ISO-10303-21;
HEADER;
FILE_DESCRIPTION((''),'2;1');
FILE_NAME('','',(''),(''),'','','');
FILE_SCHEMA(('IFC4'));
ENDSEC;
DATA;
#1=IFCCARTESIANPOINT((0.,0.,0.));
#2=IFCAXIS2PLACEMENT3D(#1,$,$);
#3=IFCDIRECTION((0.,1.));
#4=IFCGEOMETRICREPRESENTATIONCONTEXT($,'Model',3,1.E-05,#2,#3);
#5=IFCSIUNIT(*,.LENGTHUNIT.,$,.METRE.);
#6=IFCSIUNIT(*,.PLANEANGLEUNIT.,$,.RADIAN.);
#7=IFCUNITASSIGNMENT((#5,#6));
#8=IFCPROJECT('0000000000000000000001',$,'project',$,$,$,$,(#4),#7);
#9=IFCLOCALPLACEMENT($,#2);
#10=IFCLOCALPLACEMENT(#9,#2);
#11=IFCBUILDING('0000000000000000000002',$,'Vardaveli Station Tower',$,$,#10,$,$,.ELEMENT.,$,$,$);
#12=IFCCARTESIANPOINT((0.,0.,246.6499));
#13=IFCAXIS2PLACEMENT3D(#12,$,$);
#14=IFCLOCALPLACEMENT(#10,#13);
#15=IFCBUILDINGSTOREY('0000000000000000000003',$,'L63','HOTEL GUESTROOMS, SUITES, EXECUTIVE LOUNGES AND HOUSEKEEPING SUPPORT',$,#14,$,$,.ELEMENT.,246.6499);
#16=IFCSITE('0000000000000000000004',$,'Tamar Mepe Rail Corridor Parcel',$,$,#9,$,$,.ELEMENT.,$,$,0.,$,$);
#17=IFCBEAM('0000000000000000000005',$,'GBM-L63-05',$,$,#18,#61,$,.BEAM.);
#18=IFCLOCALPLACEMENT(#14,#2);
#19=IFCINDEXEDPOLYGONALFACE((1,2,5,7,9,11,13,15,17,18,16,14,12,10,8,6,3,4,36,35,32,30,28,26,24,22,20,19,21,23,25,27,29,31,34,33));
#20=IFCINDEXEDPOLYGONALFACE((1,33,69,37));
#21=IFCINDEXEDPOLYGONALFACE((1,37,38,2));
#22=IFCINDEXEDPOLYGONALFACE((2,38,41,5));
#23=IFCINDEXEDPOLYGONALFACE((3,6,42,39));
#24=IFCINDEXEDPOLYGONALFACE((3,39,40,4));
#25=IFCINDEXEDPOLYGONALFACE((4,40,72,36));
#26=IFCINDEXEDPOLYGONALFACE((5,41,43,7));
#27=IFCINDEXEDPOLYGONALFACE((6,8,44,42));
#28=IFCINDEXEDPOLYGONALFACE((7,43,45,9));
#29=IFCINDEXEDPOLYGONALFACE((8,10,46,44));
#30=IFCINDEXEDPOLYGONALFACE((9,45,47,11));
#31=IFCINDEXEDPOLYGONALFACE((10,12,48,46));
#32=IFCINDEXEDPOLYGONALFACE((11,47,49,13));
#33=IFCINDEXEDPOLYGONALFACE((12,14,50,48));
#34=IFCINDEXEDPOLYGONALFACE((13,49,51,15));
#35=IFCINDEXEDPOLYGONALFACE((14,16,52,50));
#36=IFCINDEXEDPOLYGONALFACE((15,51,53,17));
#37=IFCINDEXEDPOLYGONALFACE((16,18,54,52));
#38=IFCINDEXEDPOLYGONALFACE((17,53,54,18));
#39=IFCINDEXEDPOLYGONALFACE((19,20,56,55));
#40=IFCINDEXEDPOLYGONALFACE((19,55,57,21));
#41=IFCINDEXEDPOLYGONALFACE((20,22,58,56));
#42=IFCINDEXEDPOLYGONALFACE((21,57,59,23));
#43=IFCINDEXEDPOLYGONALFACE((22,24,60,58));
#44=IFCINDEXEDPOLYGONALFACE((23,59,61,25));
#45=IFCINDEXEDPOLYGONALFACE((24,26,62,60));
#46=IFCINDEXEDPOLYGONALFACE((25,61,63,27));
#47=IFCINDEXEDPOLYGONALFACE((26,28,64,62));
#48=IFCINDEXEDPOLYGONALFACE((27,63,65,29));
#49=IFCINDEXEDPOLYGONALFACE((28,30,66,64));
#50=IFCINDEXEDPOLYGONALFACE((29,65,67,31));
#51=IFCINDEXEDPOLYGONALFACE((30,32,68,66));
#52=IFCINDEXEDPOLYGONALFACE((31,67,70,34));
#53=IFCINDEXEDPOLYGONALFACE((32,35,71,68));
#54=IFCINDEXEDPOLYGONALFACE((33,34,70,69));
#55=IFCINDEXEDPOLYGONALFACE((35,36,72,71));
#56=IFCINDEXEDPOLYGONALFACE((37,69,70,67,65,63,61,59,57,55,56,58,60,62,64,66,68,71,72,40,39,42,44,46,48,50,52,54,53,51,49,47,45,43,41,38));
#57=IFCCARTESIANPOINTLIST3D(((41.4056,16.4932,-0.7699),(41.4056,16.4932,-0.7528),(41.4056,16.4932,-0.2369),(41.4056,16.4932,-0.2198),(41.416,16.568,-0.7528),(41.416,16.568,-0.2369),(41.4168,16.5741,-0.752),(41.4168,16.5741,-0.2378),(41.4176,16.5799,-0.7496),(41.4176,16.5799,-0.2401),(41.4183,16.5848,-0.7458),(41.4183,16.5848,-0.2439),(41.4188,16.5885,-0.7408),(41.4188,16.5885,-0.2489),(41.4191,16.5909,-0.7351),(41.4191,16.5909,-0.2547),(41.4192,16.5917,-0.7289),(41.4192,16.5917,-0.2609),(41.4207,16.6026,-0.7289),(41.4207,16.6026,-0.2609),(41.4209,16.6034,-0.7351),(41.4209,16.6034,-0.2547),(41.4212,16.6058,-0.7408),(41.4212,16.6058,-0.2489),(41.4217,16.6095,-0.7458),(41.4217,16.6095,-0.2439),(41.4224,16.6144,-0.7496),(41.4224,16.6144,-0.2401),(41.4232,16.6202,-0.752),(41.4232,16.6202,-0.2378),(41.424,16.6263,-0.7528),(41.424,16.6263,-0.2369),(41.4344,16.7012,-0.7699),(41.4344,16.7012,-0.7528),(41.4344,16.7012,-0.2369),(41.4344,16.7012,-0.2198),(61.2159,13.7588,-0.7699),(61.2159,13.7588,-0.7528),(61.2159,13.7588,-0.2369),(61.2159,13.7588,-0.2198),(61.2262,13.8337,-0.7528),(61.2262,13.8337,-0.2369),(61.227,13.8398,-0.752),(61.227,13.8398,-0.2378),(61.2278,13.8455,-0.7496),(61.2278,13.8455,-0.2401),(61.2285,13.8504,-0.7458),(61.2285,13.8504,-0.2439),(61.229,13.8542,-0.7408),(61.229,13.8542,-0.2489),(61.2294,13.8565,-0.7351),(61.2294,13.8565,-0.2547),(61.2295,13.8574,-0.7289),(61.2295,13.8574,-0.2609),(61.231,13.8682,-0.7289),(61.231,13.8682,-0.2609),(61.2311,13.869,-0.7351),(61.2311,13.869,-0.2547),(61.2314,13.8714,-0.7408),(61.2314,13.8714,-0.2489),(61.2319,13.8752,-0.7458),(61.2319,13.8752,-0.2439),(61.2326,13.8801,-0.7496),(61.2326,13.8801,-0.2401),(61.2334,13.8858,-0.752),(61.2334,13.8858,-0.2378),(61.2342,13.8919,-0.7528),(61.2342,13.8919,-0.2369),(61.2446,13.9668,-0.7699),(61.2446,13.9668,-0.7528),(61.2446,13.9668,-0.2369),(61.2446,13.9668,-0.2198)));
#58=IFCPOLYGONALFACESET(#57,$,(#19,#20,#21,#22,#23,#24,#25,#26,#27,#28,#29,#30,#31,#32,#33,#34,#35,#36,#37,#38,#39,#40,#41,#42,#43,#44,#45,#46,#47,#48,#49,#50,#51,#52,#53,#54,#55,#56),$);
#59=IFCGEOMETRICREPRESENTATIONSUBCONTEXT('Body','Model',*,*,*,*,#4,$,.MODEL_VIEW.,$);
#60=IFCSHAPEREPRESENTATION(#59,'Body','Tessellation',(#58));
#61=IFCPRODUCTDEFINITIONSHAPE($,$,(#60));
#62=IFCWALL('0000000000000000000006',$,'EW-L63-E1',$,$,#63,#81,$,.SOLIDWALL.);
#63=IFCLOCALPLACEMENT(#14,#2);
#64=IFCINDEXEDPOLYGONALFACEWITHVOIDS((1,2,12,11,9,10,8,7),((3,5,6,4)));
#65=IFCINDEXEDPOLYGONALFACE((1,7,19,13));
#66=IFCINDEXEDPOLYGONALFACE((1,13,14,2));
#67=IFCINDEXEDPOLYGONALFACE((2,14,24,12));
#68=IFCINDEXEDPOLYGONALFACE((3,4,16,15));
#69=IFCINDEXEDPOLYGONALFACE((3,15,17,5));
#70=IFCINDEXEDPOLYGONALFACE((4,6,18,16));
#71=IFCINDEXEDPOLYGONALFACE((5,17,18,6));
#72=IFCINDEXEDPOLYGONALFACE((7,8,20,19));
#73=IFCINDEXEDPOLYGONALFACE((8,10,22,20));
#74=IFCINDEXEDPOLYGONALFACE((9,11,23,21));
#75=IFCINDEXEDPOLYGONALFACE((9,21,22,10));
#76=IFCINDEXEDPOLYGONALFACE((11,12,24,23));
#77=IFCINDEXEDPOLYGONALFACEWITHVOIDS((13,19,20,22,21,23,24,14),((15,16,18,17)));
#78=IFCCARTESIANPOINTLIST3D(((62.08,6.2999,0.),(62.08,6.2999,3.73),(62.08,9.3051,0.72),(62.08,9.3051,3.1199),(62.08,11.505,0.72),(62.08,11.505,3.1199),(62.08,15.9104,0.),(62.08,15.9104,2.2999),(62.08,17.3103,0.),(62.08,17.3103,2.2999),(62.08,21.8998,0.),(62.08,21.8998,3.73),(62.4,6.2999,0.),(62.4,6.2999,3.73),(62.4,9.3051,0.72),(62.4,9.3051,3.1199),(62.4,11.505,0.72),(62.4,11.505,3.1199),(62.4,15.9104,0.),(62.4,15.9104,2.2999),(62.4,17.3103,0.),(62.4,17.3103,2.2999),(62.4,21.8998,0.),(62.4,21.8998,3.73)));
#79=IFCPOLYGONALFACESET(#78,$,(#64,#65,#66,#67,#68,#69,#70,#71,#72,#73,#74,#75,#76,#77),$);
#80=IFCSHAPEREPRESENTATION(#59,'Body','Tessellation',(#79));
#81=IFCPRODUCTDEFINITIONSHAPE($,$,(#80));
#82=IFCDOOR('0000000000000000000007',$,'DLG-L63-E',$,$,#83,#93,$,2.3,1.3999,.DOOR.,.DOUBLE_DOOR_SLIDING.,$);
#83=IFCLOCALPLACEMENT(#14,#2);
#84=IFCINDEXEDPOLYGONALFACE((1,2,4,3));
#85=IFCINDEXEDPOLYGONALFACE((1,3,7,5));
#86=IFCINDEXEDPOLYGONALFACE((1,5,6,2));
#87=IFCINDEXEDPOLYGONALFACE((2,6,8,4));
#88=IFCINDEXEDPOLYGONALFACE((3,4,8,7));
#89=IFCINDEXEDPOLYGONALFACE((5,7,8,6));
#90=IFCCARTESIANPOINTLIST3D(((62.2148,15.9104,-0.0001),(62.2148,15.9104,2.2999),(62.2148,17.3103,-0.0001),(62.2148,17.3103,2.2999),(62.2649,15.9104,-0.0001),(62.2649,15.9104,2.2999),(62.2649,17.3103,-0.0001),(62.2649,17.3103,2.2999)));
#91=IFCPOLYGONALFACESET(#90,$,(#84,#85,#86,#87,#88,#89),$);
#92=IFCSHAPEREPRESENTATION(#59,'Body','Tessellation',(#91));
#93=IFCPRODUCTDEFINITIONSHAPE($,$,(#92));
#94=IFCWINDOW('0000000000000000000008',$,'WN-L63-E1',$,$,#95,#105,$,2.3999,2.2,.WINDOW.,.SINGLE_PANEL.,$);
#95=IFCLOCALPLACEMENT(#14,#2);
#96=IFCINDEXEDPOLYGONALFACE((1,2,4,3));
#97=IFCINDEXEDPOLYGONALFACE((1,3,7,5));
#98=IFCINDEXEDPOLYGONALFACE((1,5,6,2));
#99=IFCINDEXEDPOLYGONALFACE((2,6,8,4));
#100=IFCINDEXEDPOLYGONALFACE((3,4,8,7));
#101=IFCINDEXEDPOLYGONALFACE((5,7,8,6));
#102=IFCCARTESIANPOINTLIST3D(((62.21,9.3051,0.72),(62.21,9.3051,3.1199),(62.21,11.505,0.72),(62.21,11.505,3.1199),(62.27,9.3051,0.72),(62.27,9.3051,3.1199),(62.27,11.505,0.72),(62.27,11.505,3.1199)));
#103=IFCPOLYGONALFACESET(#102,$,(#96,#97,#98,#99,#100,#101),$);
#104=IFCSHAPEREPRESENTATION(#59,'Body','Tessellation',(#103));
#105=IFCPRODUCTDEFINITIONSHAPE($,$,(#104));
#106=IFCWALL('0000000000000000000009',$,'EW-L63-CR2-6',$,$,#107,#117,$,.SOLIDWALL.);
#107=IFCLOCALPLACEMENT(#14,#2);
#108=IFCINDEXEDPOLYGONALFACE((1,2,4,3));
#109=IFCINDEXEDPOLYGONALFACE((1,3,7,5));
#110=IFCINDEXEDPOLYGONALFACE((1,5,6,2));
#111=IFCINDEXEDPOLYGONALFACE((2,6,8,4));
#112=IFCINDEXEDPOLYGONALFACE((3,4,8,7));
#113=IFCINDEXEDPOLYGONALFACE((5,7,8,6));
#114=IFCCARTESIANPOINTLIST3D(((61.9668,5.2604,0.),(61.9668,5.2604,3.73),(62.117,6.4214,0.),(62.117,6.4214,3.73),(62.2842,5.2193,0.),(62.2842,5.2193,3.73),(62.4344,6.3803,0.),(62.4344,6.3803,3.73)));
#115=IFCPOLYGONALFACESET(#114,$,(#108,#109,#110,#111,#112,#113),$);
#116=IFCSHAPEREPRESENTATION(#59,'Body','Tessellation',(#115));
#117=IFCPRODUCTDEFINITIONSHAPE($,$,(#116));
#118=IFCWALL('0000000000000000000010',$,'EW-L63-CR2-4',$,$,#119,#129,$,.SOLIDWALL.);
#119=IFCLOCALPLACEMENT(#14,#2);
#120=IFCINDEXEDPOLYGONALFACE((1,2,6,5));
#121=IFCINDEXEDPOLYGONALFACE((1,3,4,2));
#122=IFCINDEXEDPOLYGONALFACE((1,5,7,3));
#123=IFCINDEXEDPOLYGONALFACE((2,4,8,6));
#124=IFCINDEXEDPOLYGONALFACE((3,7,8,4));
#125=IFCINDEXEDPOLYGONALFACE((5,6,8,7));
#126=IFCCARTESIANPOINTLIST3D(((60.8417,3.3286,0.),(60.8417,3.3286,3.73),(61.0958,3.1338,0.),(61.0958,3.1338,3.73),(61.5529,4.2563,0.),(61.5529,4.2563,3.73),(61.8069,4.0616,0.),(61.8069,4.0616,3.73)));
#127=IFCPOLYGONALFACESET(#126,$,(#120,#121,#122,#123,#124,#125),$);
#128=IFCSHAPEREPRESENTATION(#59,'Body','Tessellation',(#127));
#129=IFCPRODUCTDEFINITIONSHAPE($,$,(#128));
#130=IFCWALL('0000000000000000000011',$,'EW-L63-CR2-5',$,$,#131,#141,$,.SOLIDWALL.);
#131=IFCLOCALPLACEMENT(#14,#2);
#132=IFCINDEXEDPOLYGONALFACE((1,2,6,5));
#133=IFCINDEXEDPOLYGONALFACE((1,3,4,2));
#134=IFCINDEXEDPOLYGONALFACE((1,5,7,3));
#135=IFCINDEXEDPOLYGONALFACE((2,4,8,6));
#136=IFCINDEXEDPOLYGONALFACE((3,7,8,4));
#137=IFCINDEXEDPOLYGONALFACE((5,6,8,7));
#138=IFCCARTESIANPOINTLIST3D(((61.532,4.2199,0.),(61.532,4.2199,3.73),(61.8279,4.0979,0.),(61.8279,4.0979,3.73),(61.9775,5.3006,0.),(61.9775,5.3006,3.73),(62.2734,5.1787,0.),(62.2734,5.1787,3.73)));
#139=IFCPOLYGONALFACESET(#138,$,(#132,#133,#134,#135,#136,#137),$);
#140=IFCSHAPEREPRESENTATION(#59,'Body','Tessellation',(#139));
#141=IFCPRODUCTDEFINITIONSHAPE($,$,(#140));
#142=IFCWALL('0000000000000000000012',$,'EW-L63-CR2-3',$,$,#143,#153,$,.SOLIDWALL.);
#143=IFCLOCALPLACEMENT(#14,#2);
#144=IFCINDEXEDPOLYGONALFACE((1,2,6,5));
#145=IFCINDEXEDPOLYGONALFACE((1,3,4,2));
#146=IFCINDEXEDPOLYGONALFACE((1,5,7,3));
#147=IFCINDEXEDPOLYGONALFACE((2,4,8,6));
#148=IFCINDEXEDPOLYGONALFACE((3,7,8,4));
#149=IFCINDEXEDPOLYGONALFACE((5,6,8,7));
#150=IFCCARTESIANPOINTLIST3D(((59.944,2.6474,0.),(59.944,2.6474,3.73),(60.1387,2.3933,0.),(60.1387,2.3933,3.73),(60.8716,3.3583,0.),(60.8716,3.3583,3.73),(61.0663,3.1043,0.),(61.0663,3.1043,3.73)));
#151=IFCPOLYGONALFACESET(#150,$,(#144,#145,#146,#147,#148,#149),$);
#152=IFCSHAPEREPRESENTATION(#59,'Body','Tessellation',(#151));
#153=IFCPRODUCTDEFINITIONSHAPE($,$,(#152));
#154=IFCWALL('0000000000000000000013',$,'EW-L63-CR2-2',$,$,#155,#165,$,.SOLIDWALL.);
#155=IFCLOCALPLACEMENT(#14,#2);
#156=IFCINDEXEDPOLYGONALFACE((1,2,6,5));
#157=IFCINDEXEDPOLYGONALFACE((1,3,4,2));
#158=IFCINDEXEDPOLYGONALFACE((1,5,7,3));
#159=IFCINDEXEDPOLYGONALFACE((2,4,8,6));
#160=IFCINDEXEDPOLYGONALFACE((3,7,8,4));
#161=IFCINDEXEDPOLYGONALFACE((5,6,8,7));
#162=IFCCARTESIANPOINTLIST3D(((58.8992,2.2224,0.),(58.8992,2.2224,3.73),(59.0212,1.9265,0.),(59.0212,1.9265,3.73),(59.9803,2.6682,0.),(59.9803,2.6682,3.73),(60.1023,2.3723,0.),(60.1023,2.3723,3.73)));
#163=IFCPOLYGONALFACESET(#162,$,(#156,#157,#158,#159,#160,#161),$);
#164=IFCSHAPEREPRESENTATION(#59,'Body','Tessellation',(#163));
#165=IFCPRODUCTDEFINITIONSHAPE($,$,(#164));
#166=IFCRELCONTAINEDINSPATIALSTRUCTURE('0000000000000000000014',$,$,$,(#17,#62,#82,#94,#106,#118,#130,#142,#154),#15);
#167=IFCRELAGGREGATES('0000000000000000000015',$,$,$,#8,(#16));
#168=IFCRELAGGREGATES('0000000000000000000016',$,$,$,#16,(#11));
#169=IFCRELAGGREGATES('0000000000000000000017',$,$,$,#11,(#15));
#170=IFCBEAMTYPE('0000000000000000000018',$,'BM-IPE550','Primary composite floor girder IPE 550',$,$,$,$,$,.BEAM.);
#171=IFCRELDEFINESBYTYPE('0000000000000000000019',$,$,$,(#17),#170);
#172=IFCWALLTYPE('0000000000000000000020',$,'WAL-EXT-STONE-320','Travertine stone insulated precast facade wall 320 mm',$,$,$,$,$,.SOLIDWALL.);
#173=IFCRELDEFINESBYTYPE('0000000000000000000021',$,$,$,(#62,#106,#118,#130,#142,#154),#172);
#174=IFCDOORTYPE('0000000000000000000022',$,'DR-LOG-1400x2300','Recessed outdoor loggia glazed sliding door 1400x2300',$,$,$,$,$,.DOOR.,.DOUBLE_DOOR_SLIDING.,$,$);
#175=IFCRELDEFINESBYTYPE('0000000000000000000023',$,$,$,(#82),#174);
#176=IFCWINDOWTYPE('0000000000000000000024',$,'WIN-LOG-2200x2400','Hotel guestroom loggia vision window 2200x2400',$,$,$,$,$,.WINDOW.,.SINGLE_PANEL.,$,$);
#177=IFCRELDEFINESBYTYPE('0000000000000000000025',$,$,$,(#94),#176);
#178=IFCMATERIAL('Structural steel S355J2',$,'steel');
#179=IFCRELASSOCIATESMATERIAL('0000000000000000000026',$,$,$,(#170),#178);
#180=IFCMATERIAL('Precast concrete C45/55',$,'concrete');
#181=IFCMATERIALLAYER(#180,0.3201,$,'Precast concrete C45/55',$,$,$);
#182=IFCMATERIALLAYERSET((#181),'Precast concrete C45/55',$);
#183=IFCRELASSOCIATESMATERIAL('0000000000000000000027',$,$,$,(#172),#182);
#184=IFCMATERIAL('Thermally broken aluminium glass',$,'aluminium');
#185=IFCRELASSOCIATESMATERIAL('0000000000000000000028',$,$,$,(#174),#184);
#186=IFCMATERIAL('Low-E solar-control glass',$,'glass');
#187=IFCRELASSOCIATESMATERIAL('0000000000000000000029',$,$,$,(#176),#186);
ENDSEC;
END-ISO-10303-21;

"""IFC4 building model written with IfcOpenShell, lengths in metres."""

from ifc_helpers import new_model, si_unit, direction, frame, frame_2d, origin, origin_2d, place, context, subcontext, project, spatial, rectangle, i_section, extrude, source, transform, mapped, material, layer, layer_set, material_profile, profile_set, type_object, element, fill, save


model = new_model("IFC4")

# Units and contexts
model_context = context("Model", 3, precision=1e-05, world=origin(), true_north=direction((0.0, 1.0)))
body_context = subcontext(model_context, "Body", "Model", "MODEL_VIEW")
ifc_project = project(units=[si_unit("LENGTHUNIT", "METRE"), si_unit("PLANEANGLEUNIT", "RADIAN")], contexts=[model_context])

# Site, building, storey
site_placement = place(None, origin())
site = spatial("IfcSite", under=ifc_project, at=site_placement, Name="Tamar Mepe Rail Corridor Parcel", CompositionType="ELEMENT", RefElevation=0.0)
building_placement = place(site_placement, origin())
building = spatial("IfcBuilding", under=site, at=building_placement, Name="Vardaveli Station Tower", CompositionType="ELEMENT")
storey_placement = place(building_placement, frame((0.0, 0.0, 246.6499)))
storey = spatial("IfcBuildingStorey", under=building, at=storey_placement, Name="L63", Description="HOTEL GUESTROOMS, SUITES, EXECUTIVE LOUNGES AND HOUSEKEEPING SUPPORT", CompositionType="ELEMENT", Elevation=246.6499)

# Beam
ifc_material_1 = material(Name="Precast concrete C45/55", Category="concrete")
ifc_material_2 = material(Name="Structural steel S355J2", Category="steel")
ifc_material_profile_1 = material_profile(ifc_material_2, i_section(OverallWidth=0.21, OverallDepth=0.55, WebThickness=0.011, FlangeThickness=0.0171, FilletRadius=0.0239, at=origin_2d()), Name="IPE 550")
ifc_profile_set_1 = profile_set([ifc_material_profile_1], Name="Structural steel S355J2")
beam_type_1 = type_object("IfcBeamType", Name="BM-IPE550", Description="Primary composite floor girder IPE 550", PredefinedType="BEAM", material=ifc_profile_set_1)
shared_shape_1 = source(origin(), body_context, "Body", "SweptSolid", [
    extrude(i_section(OverallWidth=0.21, OverallDepth=0.55, WebThickness=0.011, FlangeThickness=0.0171, FilletRadius=0.0239, at=origin_2d()), origin(), (0.0, 0.0, 1.0), 19.998),
])
beam_1_placement = place(storey_placement, frame((61.2302, 13.8628, -0.4949), z_axis=(-0.990608, 0.136732, 0.0), x_axis=(-0.136732, -0.990608, 0.0)))
element("IfcBeam", 1, at=beam_1_placement, inside=storey, type_object=beam_type_1, Name="GBM-L63-05", PredefinedType="BEAM", context=body_context, shape_type="MappedRepresentation", body=[
    mapped(shared_shape_1, transform((0.0, 0.0, 0.0), scale=1.0)),
])

# Wall, openings, door, window
ifc_layer_1 = layer(ifc_material_1, 0.3201, Name="Precast concrete C45/55")
ifc_layer_set_1 = layer_set([ifc_layer_1], Name="Precast concrete C45/55")
wall_type_1 = type_object("IfcWallType", Name="WAL-EXT-STONE-320", Description="Travertine stone insulated precast facade wall 320 mm", PredefinedType="SOLIDWALL", material=ifc_layer_set_1)
shared_shape_2 = source(origin(), body_context, "Body", "SweptSolid", [
    extrude(rectangle(XDim=15.5999, YDim=0.3201, at=frame_2d((7.7998, 0.0))), origin(), (0.0, 0.0, 1.0), 3.73),
])
wall_1_placement = place(storey_placement, frame((62.24, 6.3, 0.0), z_axis=(0.0, 0.0, 1.0), x_axis=(0.0, 1.0, 0.0)))
wall_1 = element("IfcWall", 2, at=wall_1_placement, inside=storey, type_object=wall_type_1, Name="EW-L63-E1", PredefinedType="SOLIDWALL", context=body_context, shape_type="MappedRepresentation", body=[
    mapped(shared_shape_2, transform((0.0, 0.0, 0.0), scale=1.0)),
])
shared_shape_3 = source(origin(), body_context, "Body", "SweptSolid", [
    extrude(rectangle(XDim=1.3999, YDim=2.3, at=frame_2d((0.7, 1.1499))), frame((0.0, 0.1699, 0.0), z_axis=(0.0, -1.0, 0.0), x_axis=(1.0, 0.0, 0.0)), (0.0, 0.0, 1.0), 0.3401),
])
opening_1_placement = place(wall_1_placement, frame((9.6104, 0.0, 0.0)))
opening_1 = element("IfcOpeningElement", 3, at=opening_1_placement, cuts=wall_1, PredefinedType="OPENING", context=body_context, shape_type="MappedRepresentation", body=[
    mapped(shared_shape_3, transform((0.0, 0.0, 0.0), scale=1.0)),
])
shared_shape_4 = source(origin(), body_context, "Body", "SweptSolid", [
    extrude(rectangle(XDim=2.2, YDim=2.3999, at=frame_2d((1.1001, 1.2))), frame((0.0, 0.1699, 0.0), z_axis=(0.0, -1.0, 0.0), x_axis=(1.0, 0.0, 0.0)), (0.0, 0.0, 1.0), 0.3401),
])
opening_2_placement = place(wall_1_placement, frame((3.0049, 0.0, 0.72)))
opening_2 = element("IfcOpeningElement", 4, at=opening_2_placement, cuts=wall_1, PredefinedType="OPENING", context=body_context, shape_type="MappedRepresentation", body=[
    mapped(shared_shape_4, transform((0.0, 0.0, 0.0), scale=1.0)),
])
ifc_material_3 = material(Name="Thermally broken aluminium glass", Category="aluminium")
door_type_1 = type_object("IfcDoorType", Name="DR-LOG-1400x2300", Description="Recessed outdoor loggia glazed sliding door 1400x2300", OperationType="DOUBLE_DOOR_SLIDING", PredefinedType="DOOR", material=ifc_material_3)
shared_shape_5 = source(origin(), body_context, "Body", "SweptSolid", [
    extrude(rectangle(XDim=1.3999, YDim=2.3, at=frame_2d((0.7, 1.1499))), frame((0.0, 0.0249, 0.0), z_axis=(0.0, -1.0, 0.0), x_axis=(1.0, 0.0, 0.0)), (0.0, 0.0, 1.0), 0.05),
])
door_1_placement = place(opening_1_placement, frame((1.3999, 0.0, 0.0), z_axis=(0.0, 0.0, 1.0), x_axis=(-1.0, 0.0, 0.0)))
door_1 = element("IfcDoor", 5, at=door_1_placement, inside=storey, type_object=door_type_1, Name="DLG-L63-E", OperationType="DOUBLE_DOOR_SLIDING", OverallHeight=2.3, OverallWidth=1.3999, PredefinedType="DOOR", context=body_context, shape_type="MappedRepresentation", body=[
    mapped(shared_shape_5, transform((0.0, 0.0, 0.0), scale=1.0)),
])
fill(opening_1, door_1)
ifc_material_4 = material(Name="Low-E solar-control glass", Category="glass")
window_type = type_object("IfcWindowType", Name="WIN-LOG-2200x2400", Description="Hotel guestroom loggia vision window 2200x2400", PartitioningType="SINGLE_PANEL", PredefinedType="WINDOW", material=ifc_material_4)
shared_shape_6 = source(origin(), body_context, "Body", "SweptSolid", [
    extrude(rectangle(XDim=2.2, YDim=2.3999, at=frame_2d((1.1001, 1.2))), frame((0.0, 0.03, 0.0), z_axis=(0.0, -1.0, 0.0), x_axis=(1.0, 0.0, 0.0)), (0.0, 0.0, 1.0), 0.0601),
])
window_placement = place(opening_2_placement, origin())
window = element("IfcWindow", 6, at=window_placement, inside=storey, type_object=window_type, Name="WN-L63-E1", OverallHeight=2.3999, OverallWidth=2.2, PartitioningType="SINGLE_PANEL", PredefinedType="WINDOW", context=body_context, shape_type="MappedRepresentation", body=[
    mapped(shared_shape_6, transform((0.0, 0.0, 0.0), scale=1.0)),
])
fill(opening_2, window)

# Walls
shared_shape_7 = source(origin(), body_context, "Body", "SweptSolid", [
    extrude(rectangle(XDim=1.1707, YDim=0.3201, at=frame_2d((0.5854, 0.0))), origin(), (0.0, 0.0, 1.0), 3.73),
])
wall_2_placement = place(storey_placement, frame((62.1255, 5.2397, 0.0), z_axis=(0.0, 0.0, 1.0), x_axis=(0.128269, 0.991739, 0.0)))
element("IfcWall", 7, at=wall_2_placement, inside=storey, type_object=wall_type_1, Name="EW-L63-CR2-6", PredefinedType="SOLIDWALL", context=body_context, shape_type="MappedRepresentation", body=[
    mapped(shared_shape_7, transform((0.0, 0.0, 0.0), scale=1.0)),
])
shared_shape_8 = source(origin(), body_context, "Body", "SweptSolid", [
    extrude(rectangle(XDim=1.1689, YDim=0.3201, at=frame_2d((0.5845, 0.0))), origin(), (0.0, 0.0, 1.0), 3.73),
])
for number, where, z_axis, x_axis, name in (
    (8, (60.9688, 3.2312, 0.0), (0.0, 0.0, 1.0), (0.608388, 0.79364, 0.0), "EW-L63-CR2-4"),
    (9, (61.6799, 4.1589, 0.0), (0.0, 0.0, 1.0), (0.381128, 0.924522, 0.0), "EW-L63-CR2-5"),
):
    element("IfcWall", number, at=place(storey_placement, frame(where, z_axis=z_axis, x_axis=x_axis)), inside=storey, type_object=wall_type_1, Name=name, PredefinedType="SOLIDWALL", context=body_context, shape_type="MappedRepresentation", body=[
        mapped(shared_shape_8, transform((0.0, 0.0, 0.0), scale=1.0)),
    ])
shared_shape_9 = source(origin(), body_context, "Body", "SweptSolid", [
    extrude(rectangle(XDim=1.1687, YDim=0.3201, at=frame_2d((0.5845, 0.0))), origin(), (0.0, 0.0, 1.0), 3.73),
])
wall_3_placement = place(storey_placement, frame((60.0413, 2.5203, 0.0), z_axis=(0.0, 0.0, 1.0), x_axis=(0.793664, 0.608357, 0.0)))
element("IfcWall", 10, at=wall_3_placement, inside=storey, type_object=wall_type_1, Name="EW-L63-CR2-3", PredefinedType="SOLIDWALL", context=body_context, shape_type="MappedRepresentation", body=[
    mapped(shared_shape_9, transform((0.0, 0.0, 0.0), scale=1.0)),
])
shared_shape_10 = source(origin(), body_context, "Body", "SweptSolid", [
    extrude(rectangle(XDim=1.1694, YDim=0.3201, at=frame_2d((0.5847, 0.0))), origin(), (0.0, 0.0, 1.0), 3.73),
])
wall_4_placement = place(storey_placement, frame((58.9602, 2.0745, 0.0), z_axis=(0.0, 0.0, 1.0), x_axis=(0.924479, 0.381233, 0.0)))
element("IfcWall", 11, at=wall_4_placement, inside=storey, type_object=wall_type_1, Name="EW-L63-CR2-2", PredefinedType="SOLIDWALL", context=body_context, shape_type="MappedRepresentation", body=[
    mapped(shared_shape_10, transform((0.0, 0.0, 0.0), scale=1.0)),
])

save(model, "model.ifc")
